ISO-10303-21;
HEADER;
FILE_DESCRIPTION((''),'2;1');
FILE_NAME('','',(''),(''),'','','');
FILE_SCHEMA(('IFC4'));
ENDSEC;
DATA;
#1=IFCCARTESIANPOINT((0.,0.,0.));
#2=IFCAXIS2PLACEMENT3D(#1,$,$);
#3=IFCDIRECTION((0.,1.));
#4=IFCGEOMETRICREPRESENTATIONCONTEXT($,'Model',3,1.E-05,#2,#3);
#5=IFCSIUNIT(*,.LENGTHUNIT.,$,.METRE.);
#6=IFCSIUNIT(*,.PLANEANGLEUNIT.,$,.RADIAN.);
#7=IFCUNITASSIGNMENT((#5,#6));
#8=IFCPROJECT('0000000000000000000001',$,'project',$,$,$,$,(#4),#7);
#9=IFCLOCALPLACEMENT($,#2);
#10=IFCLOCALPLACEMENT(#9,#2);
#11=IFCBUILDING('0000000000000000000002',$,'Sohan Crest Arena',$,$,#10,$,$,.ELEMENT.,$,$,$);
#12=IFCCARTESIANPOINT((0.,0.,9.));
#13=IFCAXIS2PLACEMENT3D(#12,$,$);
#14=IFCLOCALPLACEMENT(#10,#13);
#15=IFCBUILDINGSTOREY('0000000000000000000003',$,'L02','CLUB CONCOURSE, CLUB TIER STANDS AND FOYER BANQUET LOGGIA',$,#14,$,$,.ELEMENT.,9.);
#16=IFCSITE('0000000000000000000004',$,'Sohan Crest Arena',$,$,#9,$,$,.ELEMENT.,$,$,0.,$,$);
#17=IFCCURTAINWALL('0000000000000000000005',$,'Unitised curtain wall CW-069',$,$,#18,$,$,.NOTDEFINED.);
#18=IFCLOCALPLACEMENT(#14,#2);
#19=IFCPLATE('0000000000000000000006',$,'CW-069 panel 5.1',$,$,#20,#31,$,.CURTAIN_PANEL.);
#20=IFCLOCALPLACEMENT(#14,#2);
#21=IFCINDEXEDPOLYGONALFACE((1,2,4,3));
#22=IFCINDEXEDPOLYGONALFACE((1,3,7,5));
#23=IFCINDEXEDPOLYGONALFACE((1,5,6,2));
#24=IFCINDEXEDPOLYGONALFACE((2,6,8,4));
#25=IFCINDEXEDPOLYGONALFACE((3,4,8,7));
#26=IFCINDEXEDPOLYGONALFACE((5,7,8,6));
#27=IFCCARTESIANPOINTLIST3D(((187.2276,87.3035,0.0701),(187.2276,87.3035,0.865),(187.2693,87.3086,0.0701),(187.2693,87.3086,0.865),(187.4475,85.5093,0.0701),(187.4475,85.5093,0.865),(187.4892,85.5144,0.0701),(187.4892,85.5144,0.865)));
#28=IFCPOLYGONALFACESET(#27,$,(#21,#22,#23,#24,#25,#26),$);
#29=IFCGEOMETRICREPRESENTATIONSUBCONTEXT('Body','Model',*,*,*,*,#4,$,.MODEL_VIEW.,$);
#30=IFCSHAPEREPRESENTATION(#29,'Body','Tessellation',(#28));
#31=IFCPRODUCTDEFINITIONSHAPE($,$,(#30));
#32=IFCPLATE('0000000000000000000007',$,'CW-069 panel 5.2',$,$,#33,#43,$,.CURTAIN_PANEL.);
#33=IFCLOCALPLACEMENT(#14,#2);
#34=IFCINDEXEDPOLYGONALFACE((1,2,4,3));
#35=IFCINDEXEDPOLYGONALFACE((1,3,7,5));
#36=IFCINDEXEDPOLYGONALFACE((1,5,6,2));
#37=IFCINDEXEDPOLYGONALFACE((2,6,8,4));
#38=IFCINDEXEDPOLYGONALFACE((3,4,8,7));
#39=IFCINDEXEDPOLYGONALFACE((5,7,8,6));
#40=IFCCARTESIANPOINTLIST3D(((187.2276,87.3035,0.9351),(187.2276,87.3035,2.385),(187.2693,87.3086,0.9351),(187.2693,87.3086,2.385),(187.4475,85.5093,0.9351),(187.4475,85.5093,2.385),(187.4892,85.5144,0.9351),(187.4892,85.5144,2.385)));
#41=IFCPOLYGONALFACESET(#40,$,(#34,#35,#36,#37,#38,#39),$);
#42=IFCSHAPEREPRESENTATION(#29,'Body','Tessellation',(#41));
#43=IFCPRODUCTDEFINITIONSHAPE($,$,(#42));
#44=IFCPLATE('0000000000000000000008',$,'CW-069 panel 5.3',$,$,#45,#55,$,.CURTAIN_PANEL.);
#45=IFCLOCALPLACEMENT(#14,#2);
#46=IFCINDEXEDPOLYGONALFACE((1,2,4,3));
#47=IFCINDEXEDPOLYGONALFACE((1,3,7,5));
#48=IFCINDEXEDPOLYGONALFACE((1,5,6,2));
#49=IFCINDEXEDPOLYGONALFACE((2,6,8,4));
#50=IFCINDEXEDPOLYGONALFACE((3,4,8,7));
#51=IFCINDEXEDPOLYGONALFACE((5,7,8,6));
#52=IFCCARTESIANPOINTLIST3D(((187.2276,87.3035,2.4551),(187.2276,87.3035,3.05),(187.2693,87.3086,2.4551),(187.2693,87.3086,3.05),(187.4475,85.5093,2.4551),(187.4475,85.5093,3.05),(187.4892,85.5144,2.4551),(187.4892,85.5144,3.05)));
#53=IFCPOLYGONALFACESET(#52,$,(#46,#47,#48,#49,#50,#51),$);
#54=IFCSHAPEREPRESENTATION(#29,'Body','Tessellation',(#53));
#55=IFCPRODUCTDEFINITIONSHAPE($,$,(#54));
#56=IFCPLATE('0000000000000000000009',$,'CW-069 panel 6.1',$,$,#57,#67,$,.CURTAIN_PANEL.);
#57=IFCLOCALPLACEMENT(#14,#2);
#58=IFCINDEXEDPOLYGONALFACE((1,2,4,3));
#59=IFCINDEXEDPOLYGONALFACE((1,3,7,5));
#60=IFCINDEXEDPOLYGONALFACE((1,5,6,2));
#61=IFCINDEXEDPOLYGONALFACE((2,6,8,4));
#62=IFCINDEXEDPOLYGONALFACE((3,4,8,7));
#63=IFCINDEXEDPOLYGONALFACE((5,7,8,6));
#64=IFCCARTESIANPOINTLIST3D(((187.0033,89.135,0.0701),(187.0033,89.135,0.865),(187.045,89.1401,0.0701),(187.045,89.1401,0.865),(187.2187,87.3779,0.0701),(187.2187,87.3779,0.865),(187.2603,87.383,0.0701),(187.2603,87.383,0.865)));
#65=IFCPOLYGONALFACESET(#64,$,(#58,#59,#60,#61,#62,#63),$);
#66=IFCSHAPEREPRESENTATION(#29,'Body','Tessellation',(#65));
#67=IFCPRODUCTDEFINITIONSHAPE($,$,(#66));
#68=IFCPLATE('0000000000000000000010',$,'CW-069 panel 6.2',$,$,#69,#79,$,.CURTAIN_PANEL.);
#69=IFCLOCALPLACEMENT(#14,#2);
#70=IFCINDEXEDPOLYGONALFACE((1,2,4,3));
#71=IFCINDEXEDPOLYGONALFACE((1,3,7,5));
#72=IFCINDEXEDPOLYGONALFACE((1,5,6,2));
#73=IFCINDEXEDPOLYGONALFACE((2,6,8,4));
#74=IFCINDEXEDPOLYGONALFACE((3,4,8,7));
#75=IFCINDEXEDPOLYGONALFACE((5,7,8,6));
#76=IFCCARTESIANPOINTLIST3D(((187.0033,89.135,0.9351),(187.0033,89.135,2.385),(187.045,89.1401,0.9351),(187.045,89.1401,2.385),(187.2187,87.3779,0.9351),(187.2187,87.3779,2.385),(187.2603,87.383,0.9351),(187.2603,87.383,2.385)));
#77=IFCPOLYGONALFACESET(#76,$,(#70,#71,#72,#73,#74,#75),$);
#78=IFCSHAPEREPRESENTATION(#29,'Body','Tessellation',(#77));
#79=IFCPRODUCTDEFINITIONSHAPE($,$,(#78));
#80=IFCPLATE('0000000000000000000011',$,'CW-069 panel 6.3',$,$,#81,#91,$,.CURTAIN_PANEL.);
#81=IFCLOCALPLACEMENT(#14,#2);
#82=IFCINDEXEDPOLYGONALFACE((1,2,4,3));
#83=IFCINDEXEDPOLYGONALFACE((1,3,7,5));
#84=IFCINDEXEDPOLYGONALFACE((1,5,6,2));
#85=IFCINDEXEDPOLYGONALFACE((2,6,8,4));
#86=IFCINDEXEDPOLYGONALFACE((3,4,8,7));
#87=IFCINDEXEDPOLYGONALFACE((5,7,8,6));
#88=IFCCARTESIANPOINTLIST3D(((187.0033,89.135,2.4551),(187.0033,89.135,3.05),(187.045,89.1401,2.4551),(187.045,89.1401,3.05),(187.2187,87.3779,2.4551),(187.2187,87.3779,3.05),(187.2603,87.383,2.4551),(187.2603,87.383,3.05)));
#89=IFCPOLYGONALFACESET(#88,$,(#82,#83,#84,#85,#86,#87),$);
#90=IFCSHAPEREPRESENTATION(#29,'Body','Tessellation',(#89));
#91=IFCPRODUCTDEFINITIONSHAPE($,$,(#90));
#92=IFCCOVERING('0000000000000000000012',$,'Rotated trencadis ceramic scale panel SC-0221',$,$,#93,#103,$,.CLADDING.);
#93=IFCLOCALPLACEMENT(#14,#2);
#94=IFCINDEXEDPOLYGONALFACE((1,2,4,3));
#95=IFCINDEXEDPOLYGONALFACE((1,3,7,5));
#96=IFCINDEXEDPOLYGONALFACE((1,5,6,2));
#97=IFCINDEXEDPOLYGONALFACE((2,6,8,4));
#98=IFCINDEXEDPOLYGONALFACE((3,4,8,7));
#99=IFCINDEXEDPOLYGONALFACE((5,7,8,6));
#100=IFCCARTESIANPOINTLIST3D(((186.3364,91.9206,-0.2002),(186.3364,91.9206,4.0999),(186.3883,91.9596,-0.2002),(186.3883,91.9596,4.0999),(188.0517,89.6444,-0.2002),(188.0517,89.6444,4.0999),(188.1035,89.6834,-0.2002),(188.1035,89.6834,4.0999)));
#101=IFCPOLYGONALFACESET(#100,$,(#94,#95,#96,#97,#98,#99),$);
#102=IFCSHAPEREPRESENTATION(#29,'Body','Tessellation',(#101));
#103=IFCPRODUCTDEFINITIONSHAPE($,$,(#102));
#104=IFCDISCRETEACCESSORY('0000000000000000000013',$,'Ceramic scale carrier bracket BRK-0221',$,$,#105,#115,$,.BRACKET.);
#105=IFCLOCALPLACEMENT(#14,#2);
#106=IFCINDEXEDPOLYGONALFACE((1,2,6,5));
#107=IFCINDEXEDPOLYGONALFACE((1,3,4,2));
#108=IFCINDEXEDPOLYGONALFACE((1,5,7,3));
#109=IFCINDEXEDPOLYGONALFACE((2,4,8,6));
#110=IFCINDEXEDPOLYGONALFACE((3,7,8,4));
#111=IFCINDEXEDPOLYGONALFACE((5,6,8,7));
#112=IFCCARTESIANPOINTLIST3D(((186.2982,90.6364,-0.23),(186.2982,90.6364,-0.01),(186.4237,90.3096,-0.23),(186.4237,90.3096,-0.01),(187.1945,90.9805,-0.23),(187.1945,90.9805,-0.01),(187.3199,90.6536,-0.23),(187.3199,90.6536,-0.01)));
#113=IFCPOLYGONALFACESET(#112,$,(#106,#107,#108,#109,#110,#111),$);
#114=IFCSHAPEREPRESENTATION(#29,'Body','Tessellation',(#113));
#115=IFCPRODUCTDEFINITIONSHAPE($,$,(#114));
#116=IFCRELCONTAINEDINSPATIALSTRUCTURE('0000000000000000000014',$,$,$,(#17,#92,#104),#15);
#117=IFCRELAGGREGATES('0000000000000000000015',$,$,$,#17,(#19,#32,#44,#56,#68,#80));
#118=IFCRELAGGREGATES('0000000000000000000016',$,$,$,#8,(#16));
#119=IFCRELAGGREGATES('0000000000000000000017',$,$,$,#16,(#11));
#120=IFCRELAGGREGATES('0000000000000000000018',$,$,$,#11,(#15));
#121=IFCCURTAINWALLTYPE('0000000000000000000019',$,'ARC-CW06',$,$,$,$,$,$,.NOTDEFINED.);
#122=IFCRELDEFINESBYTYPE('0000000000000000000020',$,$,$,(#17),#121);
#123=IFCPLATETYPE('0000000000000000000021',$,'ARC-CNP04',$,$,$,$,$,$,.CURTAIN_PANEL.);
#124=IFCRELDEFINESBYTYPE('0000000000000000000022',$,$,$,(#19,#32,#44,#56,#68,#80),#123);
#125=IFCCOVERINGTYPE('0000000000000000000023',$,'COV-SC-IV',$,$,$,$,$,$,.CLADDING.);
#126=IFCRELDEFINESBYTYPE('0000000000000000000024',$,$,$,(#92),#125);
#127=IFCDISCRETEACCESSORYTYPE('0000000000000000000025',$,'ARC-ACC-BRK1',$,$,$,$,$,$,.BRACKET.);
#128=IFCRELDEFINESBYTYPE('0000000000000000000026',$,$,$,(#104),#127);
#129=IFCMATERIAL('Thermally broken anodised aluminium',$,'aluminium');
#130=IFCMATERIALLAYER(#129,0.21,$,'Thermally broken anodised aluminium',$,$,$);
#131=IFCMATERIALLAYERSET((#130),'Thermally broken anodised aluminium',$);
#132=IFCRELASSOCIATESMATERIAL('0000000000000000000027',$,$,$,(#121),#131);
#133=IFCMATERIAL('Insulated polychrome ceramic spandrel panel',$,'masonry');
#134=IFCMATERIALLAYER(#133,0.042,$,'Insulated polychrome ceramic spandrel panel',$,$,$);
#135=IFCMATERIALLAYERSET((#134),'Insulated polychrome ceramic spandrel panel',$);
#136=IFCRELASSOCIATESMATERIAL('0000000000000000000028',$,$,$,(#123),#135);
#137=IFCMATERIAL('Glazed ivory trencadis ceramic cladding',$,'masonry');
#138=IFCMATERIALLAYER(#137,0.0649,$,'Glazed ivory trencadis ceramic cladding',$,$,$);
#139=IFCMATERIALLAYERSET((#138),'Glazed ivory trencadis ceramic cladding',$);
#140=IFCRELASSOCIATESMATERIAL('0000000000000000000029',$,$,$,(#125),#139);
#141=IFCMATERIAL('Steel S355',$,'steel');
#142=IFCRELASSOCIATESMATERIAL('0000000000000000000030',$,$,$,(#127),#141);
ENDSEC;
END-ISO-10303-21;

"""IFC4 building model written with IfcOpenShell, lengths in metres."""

from ifc_helpers import new_model, si_unit, direction, frame, origin, origin_2d, place, context, subcontext, project, spatial, rectangle, extrude, material, layer, layer_set, type_object, element, aggregate, save


model = new_model("IFC4")

# Units and contexts
model_context = context("Model", 3, precision=1e-05, world=origin(), true_north=direction((0.0, 1.0)))
body_context = subcontext(model_context, "Body", "Model", "MODEL_VIEW")
ifc_project = project(units=[si_unit("LENGTHUNIT", "METRE"), si_unit("PLANEANGLEUNIT", "RADIAN")], contexts=[model_context])

# Site, building, storey
site_placement = place(None, origin())
site = spatial("IfcSite", under=ifc_project, at=site_placement, Name="Sohan Crest Arena", CompositionType="ELEMENT", RefElevation=0.0)
building_placement = place(site_placement, origin())
building = spatial("IfcBuilding", under=site, at=building_placement, Name="Sohan Crest Arena", CompositionType="ELEMENT")
storey_placement = place(building_placement, frame((0.0, 0.0, 9.0)))
storey = spatial("IfcBuildingStorey", under=building, at=storey_placement, Name="L02", Description="CLUB CONCOURSE, CLUB TIER STANDS AND FOYER BANQUET LOGGIA", CompositionType="ELEMENT", Elevation=9.0)

# Shared definitions
ifc_material_1 = material(Name="Steel S355", Category="steel")

# Curtain wall
ifc_material_2 = material(Name="Thermally broken anodised aluminium", Category="aluminium")
ifc_layer_1 = layer(ifc_material_2, 0.21, Name="Thermally broken anodised aluminium")
ifc_layer_set_1 = layer_set([ifc_layer_1], Name="Thermally broken anodised aluminium")
curtain_wall_type_1 = type_object("IfcCurtainWallType", Name="ARC-CW06", PredefinedType="NOTDEFINED", material=ifc_layer_set_1)
curtain_wall_1_placement = place(storey_placement, origin())
curtain_wall_1 = element("IfcCurtainWall", 1, at=curtain_wall_1_placement, inside=storey, type_object=curtain_wall_type_1, Name="Unitised curtain wall CW-069", PredefinedType="NOTDEFINED")

# Plates
ifc_material_3 = material(Name="Insulated polychrome ceramic spandrel panel", Category="masonry")
ifc_layer_2 = layer(ifc_material_3, 0.042, Name="Insulated polychrome ceramic spandrel panel")
ifc_layer_set_2 = layer_set([ifc_layer_2], Name="Insulated polychrome ceramic spandrel panel")
plate_type_1 = type_object("IfcPlateType", Name="ARC-CNP04", PredefinedType="CURTAIN_PANEL", material=ifc_layer_set_2)
plate_1_placement = place(storey_placement, frame((187.3584, 86.4089, 0.0701), z_axis=(0.0, 0.0, 1.0), x_axis=(-0.121637, 0.992575, 0.0)))
plate_1 = element("IfcPlate", 2, at=plate_1_placement, type_object=plate_type_1, Name="CW-069 panel 5.1", PredefinedType="CURTAIN_PANEL", context=body_context, shape_type="SweptSolid", body=[
    extrude(rectangle(XDim=1.8076, YDim=0.042, at=origin_2d()), origin(), (0.0, 0.0, 1.0), 0.7949),
])
plate_2_placement = place(storey_placement, frame((187.3584, 86.4089, 0.9351), z_axis=(0.0, 0.0, 1.0), x_axis=(-0.121637, 0.992575, 0.0)))
plate_2 = element("IfcPlate", 3, at=plate_2_placement, type_object=plate_type_1, Name="CW-069 panel 5.2", PredefinedType="CURTAIN_PANEL", context=body_context, shape_type="SweptSolid", body=[
    extrude(rectangle(XDim=1.8076, YDim=0.042, at=origin_2d()), origin(), (0.0, 0.0, 1.0), 1.45),
])
plate_3_placement = place(storey_placement, frame((187.3584, 86.4089, 2.4551), z_axis=(0.0, 0.0, 1.0), x_axis=(-0.121637, 0.992575, 0.0)))
plate_3 = element("IfcPlate", 4, at=plate_3_placement, type_object=plate_type_1, Name="CW-069 panel 5.3", PredefinedType="CURTAIN_PANEL", context=body_context, shape_type="SweptSolid", body=[
    extrude(rectangle(XDim=1.8076, YDim=0.042, at=origin_2d()), origin(), (0.0, 0.0, 1.0), 0.595),
])
plate_4_placement = place(storey_placement, frame((187.1318, 88.259, 0.0701), z_axis=(0.0, 0.0, 1.0), x_axis=(-0.121637, 0.992575, 0.0)))
plate_4 = element("IfcPlate", 5, at=plate_4_placement, type_object=plate_type_1, Name="CW-069 panel 6.1", PredefinedType="CURTAIN_PANEL", context=body_context, shape_type="SweptSolid", body=[
    extrude(rectangle(XDim=1.7703, YDim=0.042, at=origin_2d()), origin(), (0.0, 0.0, 1.0), 0.7949),
])
plate_5_placement = place(storey_placement, frame((187.1318, 88.259, 0.9351), z_axis=(0.0, 0.0, 1.0), x_axis=(-0.121637, 0.992575, 0.0)))
plate_5 = element("IfcPlate", 6, at=plate_5_placement, type_object=plate_type_1, Name="CW-069 panel 6.2", PredefinedType="CURTAIN_PANEL", context=body_context, shape_type="SweptSolid", body=[
    extrude(rectangle(XDim=1.7703, YDim=0.042, at=origin_2d()), origin(), (0.0, 0.0, 1.0), 1.45),
])
plate_6_placement = place(storey_placement, frame((187.1318, 88.259, 2.4551), z_axis=(0.0, 0.0, 1.0), x_axis=(-0.121637, 0.992575, 0.0)))
plate_6 = element("IfcPlate", 7, at=plate_6_placement, type_object=plate_type_1, Name="CW-069 panel 6.3", PredefinedType="CURTAIN_PANEL", context=body_context, shape_type="SweptSolid", body=[
    extrude(rectangle(XDim=1.7703, YDim=0.042, at=origin_2d()), origin(), (0.0, 0.0, 1.0), 0.595),
])
aggregate(curtain_wall_1, [plate_1, plate_2, plate_3, plate_4, plate_5, plate_6])

# Covering
ifc_material_4 = material(Name="Glazed ivory trencadis ceramic cladding", Category="masonry")
ifc_layer_3 = layer(ifc_material_4, 0.0649, Name="Glazed ivory trencadis ceramic cladding")
ifc_layer_set_3 = layer_set([ifc_layer_3], Name="Glazed ivory trencadis ceramic cladding")
covering_type = type_object("IfcCoveringType", Name="COV-SC-IV", PredefinedType="CLADDING", material=ifc_layer_set_3)
covering_placement = place(storey_placement, frame((187.22, 90.802, -0.2002), z_axis=(0.0, 0.0, 1.0), x_axis=(-0.601815, 0.798636, 0.0)))
element("IfcCovering", 8, at=covering_placement, inside=storey, type_object=covering_type, Name="Rotated trencadis ceramic scale panel SC-0221", PredefinedType="CLADDING", context=body_context, shape_type="SweptSolid", body=[
    extrude(rectangle(XDim=2.8501, YDim=0.0649, at=origin_2d()), origin(), (0.0, 0.0, 1.0), 4.3),
])

# Discrete accessory
discrete_accessory_type = type_object("IfcDiscreteAccessoryType", Name="ARC-ACC-BRK1", PredefinedType="BRACKET", material=ifc_material_1)
discrete_accessory_placement = place(storey_placement, frame((186.8091, 90.645, -0.23), z_axis=(0.0, 0.0, 1.0), x_axis=(-0.358368, 0.93358, 0.0)))
element("IfcDiscreteAccessory", 9, at=discrete_accessory_placement, inside=storey, type_object=discrete_accessory_type, Name="Ceramic scale carrier bracket BRK-0221", PredefinedType="BRACKET", context=body_context, shape_type="SweptSolid", body=[
    extrude(rectangle(XDim=0.3501, YDim=0.96, at=origin_2d()), origin(), (0.0, 0.0, 1.0), 0.22),
])

save(model, "model.ifc")
